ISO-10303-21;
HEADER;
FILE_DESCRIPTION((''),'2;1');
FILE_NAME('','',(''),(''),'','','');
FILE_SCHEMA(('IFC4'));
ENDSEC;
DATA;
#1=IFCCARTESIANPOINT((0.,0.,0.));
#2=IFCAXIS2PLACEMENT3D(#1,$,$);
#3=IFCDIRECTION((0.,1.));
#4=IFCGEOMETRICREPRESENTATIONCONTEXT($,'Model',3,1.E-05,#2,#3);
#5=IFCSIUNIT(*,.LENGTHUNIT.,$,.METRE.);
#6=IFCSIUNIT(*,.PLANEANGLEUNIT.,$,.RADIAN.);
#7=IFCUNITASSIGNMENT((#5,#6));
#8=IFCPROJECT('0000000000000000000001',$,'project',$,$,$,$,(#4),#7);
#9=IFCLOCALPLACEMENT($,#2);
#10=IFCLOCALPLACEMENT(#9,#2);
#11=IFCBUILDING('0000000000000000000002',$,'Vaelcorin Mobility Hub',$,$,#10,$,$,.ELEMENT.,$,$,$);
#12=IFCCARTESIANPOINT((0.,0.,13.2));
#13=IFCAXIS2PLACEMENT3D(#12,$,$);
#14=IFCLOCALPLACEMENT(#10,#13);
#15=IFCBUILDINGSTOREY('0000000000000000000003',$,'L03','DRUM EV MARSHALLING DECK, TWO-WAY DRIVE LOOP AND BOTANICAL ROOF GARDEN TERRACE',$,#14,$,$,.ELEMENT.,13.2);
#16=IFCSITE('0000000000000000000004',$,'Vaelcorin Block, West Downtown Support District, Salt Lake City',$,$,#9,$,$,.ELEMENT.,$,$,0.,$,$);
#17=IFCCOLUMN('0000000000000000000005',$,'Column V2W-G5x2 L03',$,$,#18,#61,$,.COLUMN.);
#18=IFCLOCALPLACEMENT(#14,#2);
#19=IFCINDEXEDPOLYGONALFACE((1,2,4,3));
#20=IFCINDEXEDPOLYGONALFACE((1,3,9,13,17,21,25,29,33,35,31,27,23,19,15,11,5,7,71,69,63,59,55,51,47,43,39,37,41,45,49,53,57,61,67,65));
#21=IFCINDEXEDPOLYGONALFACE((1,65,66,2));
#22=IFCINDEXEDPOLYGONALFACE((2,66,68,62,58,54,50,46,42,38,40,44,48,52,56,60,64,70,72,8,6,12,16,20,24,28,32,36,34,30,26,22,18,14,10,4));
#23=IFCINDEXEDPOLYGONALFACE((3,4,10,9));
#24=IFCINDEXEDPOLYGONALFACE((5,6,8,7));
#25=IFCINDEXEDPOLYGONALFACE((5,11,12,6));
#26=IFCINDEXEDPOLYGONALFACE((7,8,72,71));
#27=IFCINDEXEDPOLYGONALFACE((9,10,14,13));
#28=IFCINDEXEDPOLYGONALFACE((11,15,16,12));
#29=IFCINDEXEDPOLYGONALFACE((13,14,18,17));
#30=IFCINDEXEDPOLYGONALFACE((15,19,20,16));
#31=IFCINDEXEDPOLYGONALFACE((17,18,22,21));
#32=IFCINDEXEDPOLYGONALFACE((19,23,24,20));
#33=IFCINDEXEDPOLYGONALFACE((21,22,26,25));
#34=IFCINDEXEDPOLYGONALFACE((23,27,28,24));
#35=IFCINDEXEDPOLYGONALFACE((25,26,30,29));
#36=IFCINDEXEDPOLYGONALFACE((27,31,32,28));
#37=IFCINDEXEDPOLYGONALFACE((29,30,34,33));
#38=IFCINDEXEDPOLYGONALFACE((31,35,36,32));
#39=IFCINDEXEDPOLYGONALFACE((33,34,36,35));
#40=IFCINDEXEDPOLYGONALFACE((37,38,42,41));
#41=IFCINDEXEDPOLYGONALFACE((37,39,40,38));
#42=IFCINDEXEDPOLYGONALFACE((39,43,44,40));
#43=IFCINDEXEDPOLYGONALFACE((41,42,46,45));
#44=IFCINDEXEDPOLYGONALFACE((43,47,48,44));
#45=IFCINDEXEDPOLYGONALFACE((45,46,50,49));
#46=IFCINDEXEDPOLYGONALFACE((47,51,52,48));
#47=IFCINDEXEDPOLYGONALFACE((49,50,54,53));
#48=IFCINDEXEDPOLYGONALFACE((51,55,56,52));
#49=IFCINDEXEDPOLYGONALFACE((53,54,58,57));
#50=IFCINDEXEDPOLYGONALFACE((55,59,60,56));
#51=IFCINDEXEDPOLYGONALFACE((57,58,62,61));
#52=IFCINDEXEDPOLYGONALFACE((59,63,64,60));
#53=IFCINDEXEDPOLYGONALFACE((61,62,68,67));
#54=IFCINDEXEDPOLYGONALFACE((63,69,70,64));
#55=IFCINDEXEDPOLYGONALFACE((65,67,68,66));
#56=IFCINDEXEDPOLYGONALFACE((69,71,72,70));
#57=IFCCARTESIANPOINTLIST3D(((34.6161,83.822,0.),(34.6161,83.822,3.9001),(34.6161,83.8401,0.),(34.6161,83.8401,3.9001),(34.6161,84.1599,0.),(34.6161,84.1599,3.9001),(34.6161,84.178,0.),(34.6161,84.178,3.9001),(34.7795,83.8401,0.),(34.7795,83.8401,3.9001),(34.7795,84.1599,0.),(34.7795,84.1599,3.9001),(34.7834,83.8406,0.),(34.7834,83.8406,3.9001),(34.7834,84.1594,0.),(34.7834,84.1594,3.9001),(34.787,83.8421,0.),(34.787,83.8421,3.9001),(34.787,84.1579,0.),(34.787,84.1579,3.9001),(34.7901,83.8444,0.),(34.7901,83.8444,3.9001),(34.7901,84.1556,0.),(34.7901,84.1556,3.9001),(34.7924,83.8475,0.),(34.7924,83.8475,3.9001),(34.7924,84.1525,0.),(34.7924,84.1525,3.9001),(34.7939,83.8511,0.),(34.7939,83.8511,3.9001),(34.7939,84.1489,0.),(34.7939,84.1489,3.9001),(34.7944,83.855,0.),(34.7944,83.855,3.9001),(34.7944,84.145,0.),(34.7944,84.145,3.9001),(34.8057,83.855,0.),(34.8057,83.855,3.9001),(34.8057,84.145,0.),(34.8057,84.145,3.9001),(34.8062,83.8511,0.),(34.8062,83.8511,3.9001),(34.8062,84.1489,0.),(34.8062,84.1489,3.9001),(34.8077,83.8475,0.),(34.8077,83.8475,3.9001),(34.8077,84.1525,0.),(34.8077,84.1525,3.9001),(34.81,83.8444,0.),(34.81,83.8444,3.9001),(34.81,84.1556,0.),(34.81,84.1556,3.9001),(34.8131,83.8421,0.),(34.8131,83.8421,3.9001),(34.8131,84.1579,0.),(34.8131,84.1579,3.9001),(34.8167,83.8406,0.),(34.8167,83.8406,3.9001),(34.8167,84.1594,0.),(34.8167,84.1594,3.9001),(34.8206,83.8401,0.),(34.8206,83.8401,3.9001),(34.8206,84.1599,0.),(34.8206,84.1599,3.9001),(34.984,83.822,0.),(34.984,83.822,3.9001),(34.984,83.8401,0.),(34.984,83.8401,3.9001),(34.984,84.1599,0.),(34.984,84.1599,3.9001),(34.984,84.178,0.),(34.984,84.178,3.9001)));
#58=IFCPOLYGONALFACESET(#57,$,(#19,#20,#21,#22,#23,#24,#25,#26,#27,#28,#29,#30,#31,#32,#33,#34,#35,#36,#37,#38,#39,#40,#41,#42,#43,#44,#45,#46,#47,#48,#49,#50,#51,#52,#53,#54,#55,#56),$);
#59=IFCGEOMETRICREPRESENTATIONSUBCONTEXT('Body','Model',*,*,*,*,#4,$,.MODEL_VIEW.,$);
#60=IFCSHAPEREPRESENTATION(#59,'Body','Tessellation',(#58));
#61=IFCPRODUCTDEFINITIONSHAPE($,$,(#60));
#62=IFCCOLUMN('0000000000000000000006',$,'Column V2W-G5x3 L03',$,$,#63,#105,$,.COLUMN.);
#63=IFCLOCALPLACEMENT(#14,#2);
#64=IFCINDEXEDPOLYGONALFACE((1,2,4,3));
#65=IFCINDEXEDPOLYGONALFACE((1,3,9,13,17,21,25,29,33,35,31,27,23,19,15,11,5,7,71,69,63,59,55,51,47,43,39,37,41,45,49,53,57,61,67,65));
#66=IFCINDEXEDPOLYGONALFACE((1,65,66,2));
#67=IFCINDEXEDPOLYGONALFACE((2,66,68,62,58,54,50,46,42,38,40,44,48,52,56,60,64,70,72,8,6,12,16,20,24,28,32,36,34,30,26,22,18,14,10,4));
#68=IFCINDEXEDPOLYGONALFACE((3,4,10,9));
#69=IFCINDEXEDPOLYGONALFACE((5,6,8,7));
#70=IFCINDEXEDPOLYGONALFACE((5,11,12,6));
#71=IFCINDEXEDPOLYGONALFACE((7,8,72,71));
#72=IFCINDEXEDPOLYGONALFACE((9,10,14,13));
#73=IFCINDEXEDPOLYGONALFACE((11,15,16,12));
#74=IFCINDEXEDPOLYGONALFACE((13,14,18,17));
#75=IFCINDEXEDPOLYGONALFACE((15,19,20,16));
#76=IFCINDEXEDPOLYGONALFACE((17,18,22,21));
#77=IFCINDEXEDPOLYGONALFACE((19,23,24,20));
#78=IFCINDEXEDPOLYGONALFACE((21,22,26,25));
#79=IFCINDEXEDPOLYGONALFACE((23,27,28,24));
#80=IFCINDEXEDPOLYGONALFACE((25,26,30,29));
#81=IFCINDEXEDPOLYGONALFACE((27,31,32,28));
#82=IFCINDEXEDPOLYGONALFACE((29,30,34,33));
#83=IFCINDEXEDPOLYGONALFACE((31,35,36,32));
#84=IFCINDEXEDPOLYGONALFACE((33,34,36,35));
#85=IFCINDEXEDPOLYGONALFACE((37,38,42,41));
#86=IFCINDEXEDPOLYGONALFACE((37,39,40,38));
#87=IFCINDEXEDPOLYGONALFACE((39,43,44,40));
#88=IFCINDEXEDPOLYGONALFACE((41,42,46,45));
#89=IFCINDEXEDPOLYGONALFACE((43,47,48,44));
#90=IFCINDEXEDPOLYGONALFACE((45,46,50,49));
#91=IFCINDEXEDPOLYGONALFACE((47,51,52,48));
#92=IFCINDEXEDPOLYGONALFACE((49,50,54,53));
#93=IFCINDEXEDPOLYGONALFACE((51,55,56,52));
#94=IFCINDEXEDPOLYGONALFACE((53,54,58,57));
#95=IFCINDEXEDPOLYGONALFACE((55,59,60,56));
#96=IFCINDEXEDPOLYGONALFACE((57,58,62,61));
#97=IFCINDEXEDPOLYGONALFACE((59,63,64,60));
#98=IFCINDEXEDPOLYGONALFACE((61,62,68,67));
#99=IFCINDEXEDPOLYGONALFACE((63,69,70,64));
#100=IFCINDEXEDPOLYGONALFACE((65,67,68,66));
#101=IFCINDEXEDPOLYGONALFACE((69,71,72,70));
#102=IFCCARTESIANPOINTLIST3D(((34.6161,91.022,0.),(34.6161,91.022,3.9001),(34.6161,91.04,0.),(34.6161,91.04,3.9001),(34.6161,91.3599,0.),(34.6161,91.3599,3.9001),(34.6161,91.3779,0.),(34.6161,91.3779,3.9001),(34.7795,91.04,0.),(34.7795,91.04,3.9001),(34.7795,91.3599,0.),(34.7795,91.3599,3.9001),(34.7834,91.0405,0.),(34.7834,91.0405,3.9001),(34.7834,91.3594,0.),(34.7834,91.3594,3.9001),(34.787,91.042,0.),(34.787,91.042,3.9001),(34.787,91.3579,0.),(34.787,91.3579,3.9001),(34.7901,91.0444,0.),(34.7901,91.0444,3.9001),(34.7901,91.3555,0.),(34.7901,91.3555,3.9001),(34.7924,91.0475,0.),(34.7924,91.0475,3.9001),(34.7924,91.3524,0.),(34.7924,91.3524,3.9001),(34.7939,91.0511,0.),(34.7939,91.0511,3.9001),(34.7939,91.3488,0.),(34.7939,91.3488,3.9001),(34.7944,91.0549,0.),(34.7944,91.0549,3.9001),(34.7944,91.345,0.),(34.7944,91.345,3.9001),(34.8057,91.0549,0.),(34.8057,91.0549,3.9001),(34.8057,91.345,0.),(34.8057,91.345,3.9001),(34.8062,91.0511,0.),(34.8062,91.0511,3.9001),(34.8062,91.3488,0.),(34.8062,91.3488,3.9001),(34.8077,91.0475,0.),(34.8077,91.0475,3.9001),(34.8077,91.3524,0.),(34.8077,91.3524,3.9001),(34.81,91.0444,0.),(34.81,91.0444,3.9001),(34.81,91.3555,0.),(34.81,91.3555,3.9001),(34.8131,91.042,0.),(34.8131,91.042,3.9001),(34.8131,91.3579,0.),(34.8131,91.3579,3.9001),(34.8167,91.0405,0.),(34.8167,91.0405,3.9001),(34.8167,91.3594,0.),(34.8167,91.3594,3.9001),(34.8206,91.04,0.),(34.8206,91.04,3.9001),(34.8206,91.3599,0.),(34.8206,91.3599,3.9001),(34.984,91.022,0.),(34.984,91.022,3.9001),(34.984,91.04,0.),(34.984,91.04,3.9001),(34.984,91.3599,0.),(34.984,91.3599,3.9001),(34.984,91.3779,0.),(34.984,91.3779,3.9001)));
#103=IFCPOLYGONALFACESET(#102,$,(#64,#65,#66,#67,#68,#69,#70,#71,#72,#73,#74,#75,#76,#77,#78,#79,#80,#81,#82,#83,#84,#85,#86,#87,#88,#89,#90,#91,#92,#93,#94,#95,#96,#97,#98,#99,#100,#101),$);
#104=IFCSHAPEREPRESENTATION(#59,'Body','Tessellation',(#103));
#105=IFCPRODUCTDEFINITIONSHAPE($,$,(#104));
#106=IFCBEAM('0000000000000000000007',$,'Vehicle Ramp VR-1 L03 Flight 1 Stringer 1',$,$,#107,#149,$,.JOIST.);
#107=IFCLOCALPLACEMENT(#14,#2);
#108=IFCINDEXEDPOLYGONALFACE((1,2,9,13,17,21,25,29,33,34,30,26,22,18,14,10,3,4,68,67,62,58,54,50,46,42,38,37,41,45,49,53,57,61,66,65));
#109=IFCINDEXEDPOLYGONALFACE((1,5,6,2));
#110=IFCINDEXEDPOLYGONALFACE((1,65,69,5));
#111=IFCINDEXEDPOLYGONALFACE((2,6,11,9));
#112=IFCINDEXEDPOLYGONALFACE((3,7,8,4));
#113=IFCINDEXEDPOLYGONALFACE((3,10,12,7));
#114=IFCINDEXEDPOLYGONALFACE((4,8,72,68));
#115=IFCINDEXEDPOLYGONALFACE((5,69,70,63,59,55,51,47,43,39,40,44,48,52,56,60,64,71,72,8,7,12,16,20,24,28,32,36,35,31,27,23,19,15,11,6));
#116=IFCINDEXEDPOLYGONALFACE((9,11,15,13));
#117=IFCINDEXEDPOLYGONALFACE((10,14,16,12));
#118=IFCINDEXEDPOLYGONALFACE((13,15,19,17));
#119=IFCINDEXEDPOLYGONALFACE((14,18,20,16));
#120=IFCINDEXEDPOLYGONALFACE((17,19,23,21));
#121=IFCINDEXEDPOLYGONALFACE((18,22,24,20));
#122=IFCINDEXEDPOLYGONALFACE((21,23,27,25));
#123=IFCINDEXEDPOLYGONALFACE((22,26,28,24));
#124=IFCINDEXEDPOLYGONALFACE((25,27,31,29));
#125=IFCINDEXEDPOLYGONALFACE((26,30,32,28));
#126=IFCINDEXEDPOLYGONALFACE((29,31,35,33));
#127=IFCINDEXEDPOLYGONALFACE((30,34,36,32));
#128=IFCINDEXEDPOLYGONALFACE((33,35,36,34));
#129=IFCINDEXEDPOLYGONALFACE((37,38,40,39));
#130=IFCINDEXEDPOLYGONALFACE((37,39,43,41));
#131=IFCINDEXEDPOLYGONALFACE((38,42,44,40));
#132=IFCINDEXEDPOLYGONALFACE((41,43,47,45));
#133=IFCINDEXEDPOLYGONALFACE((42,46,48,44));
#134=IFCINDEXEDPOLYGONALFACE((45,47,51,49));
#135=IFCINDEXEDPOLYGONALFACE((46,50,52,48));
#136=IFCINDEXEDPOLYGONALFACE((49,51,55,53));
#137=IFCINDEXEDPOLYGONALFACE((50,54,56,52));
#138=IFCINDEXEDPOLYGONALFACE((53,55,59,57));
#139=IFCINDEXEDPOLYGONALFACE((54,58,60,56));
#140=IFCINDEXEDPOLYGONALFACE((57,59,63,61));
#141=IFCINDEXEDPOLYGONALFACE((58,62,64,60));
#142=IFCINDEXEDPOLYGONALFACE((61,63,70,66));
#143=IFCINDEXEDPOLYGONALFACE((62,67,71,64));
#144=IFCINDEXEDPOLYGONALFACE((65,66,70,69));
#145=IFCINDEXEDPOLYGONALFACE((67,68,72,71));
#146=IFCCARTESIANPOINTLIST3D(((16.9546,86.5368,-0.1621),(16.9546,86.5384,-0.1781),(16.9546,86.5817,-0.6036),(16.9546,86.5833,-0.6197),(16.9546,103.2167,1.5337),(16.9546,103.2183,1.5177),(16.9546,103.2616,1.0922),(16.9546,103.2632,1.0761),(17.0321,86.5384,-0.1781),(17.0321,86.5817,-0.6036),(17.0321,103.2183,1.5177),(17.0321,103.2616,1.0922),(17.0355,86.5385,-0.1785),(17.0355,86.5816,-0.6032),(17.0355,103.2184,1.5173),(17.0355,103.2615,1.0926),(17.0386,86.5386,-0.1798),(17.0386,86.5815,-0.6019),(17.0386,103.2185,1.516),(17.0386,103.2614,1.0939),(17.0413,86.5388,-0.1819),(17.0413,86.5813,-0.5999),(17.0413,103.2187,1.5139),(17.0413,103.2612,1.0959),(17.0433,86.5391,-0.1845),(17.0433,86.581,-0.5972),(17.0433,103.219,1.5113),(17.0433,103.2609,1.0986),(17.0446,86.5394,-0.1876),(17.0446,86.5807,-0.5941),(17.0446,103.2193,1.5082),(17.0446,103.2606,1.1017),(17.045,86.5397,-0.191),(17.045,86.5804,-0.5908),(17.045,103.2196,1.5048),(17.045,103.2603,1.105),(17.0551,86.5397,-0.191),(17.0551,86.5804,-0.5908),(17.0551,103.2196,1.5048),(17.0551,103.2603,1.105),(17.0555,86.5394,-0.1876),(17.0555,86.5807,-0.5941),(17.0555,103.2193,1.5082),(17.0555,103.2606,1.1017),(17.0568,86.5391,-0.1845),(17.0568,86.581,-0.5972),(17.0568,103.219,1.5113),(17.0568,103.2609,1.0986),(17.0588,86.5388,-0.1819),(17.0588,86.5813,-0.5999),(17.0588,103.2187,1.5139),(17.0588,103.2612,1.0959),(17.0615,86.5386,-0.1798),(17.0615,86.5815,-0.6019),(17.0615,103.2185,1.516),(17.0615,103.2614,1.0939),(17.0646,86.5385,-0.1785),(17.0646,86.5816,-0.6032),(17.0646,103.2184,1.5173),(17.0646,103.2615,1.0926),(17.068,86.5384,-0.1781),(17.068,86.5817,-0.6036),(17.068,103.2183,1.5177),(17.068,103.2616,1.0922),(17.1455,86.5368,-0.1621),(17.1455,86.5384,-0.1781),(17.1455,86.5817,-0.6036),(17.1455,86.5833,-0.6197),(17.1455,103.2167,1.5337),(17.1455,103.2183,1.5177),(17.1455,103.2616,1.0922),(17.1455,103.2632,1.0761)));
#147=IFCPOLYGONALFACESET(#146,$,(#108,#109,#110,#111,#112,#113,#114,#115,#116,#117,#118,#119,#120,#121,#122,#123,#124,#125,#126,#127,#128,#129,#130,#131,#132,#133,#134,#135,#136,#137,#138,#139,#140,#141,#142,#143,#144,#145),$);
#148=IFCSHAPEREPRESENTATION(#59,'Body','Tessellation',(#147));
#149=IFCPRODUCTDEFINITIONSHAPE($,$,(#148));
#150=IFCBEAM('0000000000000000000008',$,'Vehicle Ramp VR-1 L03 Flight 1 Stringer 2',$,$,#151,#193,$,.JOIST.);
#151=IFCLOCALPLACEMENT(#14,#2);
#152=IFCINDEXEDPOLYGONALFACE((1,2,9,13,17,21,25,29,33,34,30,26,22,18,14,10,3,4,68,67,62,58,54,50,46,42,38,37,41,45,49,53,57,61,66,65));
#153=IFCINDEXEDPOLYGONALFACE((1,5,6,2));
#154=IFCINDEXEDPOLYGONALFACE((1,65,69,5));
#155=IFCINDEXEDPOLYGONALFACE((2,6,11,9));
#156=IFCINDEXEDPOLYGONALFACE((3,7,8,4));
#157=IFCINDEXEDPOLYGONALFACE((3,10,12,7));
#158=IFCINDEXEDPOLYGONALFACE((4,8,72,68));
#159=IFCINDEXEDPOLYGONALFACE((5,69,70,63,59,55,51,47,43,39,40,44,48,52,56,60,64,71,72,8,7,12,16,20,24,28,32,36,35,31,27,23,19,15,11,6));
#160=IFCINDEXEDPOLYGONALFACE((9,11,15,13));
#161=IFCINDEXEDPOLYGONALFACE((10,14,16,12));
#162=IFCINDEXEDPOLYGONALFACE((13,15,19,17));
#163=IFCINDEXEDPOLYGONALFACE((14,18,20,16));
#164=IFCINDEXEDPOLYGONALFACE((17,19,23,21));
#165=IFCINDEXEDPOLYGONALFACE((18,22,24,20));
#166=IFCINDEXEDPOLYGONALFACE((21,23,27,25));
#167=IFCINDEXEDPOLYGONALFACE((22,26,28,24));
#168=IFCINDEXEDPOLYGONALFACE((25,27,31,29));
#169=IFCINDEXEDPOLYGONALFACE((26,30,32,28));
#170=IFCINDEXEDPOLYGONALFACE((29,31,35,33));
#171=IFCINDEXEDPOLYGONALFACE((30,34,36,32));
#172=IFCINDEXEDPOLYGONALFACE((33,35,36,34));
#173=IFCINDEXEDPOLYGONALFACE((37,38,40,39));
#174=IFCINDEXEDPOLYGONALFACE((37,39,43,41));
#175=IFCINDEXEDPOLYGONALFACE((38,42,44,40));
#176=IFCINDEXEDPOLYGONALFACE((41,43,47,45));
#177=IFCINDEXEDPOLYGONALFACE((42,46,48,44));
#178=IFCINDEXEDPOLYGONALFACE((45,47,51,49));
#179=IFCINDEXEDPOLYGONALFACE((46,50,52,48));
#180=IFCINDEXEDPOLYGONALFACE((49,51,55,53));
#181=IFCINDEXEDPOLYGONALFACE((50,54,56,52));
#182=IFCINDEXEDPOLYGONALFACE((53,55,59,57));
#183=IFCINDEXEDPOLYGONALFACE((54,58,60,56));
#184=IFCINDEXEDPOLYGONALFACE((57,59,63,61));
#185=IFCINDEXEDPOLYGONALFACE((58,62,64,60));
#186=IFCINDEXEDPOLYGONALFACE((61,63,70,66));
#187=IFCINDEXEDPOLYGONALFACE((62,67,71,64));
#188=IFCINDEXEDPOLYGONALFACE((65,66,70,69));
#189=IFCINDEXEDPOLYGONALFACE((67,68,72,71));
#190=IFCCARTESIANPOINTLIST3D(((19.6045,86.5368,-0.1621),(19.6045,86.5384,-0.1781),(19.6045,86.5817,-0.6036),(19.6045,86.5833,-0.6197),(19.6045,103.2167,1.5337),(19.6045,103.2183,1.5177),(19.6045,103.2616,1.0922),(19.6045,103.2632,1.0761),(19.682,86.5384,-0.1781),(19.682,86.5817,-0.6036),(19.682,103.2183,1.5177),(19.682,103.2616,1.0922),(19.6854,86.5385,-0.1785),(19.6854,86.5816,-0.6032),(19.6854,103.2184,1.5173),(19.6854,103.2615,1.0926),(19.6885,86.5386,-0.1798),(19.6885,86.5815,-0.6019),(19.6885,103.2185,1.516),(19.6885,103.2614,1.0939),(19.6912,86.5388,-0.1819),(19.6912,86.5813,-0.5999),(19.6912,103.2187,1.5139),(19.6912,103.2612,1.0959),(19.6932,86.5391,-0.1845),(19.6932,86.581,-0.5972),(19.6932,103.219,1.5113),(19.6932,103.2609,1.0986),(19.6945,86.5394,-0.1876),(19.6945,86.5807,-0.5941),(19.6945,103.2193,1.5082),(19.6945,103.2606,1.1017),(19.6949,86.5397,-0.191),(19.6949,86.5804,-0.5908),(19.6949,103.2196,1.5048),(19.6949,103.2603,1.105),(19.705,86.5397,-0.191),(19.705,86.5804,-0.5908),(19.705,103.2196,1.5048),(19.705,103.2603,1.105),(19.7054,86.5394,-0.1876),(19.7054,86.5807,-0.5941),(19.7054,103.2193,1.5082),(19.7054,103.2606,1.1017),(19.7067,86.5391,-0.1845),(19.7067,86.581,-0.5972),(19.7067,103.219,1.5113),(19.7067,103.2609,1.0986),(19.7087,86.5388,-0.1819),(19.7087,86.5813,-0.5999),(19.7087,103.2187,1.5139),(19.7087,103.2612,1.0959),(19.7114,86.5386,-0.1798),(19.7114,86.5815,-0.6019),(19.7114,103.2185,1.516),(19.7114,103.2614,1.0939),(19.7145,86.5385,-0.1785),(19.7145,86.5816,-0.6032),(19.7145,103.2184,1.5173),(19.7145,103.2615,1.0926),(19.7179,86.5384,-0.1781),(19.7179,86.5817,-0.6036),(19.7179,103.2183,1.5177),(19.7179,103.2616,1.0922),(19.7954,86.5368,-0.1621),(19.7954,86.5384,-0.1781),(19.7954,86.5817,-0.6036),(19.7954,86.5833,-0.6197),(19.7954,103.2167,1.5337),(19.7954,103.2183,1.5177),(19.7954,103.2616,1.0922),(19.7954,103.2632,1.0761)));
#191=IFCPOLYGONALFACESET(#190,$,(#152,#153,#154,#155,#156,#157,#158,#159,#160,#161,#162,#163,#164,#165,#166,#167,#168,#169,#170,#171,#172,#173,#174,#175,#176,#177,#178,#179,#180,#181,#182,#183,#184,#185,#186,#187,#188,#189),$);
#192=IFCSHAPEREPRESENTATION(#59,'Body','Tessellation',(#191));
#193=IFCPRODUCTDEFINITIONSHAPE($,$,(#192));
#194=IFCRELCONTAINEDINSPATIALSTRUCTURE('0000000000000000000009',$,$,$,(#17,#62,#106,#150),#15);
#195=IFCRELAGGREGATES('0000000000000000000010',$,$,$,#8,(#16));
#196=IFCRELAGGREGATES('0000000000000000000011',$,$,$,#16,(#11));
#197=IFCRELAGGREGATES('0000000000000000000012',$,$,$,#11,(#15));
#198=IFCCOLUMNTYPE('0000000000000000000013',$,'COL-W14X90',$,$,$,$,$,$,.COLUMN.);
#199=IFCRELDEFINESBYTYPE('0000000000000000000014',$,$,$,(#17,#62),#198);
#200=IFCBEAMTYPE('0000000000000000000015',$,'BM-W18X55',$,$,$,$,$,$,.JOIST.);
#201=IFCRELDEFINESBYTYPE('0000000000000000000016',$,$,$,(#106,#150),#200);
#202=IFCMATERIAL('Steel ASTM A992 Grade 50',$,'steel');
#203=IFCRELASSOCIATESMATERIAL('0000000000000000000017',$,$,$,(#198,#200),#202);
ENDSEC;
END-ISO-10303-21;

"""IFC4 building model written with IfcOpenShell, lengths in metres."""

from ifc_helpers import new_model, si_unit, direction, frame, origin, origin_2d, place, context, subcontext, project, spatial, i_section, extrude, material, material_profile, profile_set, type_object, element, save


model = new_model("IFC4")

# Units and contexts
model_context = context("Model", 3, precision=1e-05, world=origin(), true_north=direction((0.0, 1.0)))
body_context = subcontext(model_context, "Body", "Model", "MODEL_VIEW")
ifc_project = project(units=[si_unit("LENGTHUNIT", "METRE"), si_unit("PLANEANGLEUNIT", "RADIAN")], contexts=[model_context])

# Site, building, storey
site_placement = place(None, origin())
site = spatial("IfcSite", under=ifc_project, at=site_placement, Name="Vaelcorin Block, West Downtown Support District, Salt Lake City", CompositionType="ELEMENT", RefElevation=0.0)
building_placement = place(site_placement, origin())
building = spatial("IfcBuilding", under=site, at=building_placement, Name="Vaelcorin Mobility Hub", CompositionType="ELEMENT")
storey_placement = place(building_placement, frame((0.0, 0.0, 13.2)))
storey = spatial("IfcBuildingStorey", under=building, at=storey_placement, Name="L03", Description="DRUM EV MARSHALLING DECK, TWO-WAY DRIVE LOOP AND BOTANICAL ROOF GARDEN TERRACE", CompositionType="ELEMENT", Elevation=13.2)

# Columns
ifc_material_1 = material(Name="Steel ASTM A992 Grade 50", Category="steel")
ifc_material_profile_1 = material_profile(ifc_material_1, i_section(OverallWidth=0.3679, OverallDepth=0.356, WebThickness=0.0112, FlangeThickness=0.0181, FilletRadius=0.0149, at=origin_2d()), Name="W14X90")
ifc_profile_set_1 = profile_set([ifc_material_profile_1], Name="Steel ASTM A992 Grade 50")
column_type_1 = type_object("IfcColumnType", Name="COL-W14X90", PredefinedType="COLUMN", material=ifc_profile_set_1)
for number, where, z_axis, x_axis, name in (
    (1, (34.8, 84.0, 0.0), (0.0, 0.0, 1.0), (1.0, 0.0, 0.0), "Column V2W-G5x2 L03"),
    (2, (34.8, 91.2, 0.0), (0.0, 0.0, 1.0), (1.0, 0.0, 0.0), "Column V2W-G5x3 L03"),
):
    element("IfcColumn", number, at=place(storey_placement, frame(where, z_axis=z_axis, x_axis=x_axis)), inside=storey, type_object=column_type_1, Name=name, PredefinedType="COLUMN", context=body_context, shape_type="SweptSolid", body=[
        extrude(i_section(OverallWidth=0.3679, OverallDepth=0.356, WebThickness=0.0112, FlangeThickness=0.0181, FilletRadius=0.0149, at=origin_2d()), origin(), (0.0, 0.0, 1.0), 3.9001),
    ])

# Beams
ifc_material_profile_2 = material_profile(ifc_material_1, i_section(OverallWidth=0.1909, OverallDepth=0.46, WebThickness=0.01, FlangeThickness=0.0161, FilletRadius=0.0129, at=origin_2d()), Name="W18X55")
ifc_profile_set_2 = profile_set([ifc_material_profile_2], Name="Steel ASTM A992 Grade 50")
beam_type_1 = type_object("IfcBeamType", Name="BM-W18X55", PredefinedType="JOIST", material=ifc_profile_set_2)
for number, where, z_axis, x_axis, name in (
    (3, (17.05, 86.5601, -0.3909), (0.0, 0.994872, 0.101146), (-1.0, 0.0, 0.0), "Vehicle Ramp VR-1 L03 Flight 1 Stringer 1"),
    (4, (19.7, 86.5601, -0.3909), (0.0, 0.994872, 0.101146), (-1.0, 0.0, 0.0), "Vehicle Ramp VR-1 L03 Flight 1 Stringer 2"),
):
    element("IfcBeam", number, at=place(storey_placement, frame(where, z_axis=z_axis, x_axis=x_axis)), inside=storey, type_object=beam_type_1, Name=name, PredefinedType="JOIST", context=body_context, shape_type="SweptSolid", body=[
        extrude(i_section(OverallWidth=0.1909, OverallDepth=0.46, WebThickness=0.01, FlangeThickness=0.0161, FilletRadius=0.0129, at=origin_2d()), origin(), (0.0, 0.0, 1.0), 16.7659),
    ])

save(model, "model.ifc")
